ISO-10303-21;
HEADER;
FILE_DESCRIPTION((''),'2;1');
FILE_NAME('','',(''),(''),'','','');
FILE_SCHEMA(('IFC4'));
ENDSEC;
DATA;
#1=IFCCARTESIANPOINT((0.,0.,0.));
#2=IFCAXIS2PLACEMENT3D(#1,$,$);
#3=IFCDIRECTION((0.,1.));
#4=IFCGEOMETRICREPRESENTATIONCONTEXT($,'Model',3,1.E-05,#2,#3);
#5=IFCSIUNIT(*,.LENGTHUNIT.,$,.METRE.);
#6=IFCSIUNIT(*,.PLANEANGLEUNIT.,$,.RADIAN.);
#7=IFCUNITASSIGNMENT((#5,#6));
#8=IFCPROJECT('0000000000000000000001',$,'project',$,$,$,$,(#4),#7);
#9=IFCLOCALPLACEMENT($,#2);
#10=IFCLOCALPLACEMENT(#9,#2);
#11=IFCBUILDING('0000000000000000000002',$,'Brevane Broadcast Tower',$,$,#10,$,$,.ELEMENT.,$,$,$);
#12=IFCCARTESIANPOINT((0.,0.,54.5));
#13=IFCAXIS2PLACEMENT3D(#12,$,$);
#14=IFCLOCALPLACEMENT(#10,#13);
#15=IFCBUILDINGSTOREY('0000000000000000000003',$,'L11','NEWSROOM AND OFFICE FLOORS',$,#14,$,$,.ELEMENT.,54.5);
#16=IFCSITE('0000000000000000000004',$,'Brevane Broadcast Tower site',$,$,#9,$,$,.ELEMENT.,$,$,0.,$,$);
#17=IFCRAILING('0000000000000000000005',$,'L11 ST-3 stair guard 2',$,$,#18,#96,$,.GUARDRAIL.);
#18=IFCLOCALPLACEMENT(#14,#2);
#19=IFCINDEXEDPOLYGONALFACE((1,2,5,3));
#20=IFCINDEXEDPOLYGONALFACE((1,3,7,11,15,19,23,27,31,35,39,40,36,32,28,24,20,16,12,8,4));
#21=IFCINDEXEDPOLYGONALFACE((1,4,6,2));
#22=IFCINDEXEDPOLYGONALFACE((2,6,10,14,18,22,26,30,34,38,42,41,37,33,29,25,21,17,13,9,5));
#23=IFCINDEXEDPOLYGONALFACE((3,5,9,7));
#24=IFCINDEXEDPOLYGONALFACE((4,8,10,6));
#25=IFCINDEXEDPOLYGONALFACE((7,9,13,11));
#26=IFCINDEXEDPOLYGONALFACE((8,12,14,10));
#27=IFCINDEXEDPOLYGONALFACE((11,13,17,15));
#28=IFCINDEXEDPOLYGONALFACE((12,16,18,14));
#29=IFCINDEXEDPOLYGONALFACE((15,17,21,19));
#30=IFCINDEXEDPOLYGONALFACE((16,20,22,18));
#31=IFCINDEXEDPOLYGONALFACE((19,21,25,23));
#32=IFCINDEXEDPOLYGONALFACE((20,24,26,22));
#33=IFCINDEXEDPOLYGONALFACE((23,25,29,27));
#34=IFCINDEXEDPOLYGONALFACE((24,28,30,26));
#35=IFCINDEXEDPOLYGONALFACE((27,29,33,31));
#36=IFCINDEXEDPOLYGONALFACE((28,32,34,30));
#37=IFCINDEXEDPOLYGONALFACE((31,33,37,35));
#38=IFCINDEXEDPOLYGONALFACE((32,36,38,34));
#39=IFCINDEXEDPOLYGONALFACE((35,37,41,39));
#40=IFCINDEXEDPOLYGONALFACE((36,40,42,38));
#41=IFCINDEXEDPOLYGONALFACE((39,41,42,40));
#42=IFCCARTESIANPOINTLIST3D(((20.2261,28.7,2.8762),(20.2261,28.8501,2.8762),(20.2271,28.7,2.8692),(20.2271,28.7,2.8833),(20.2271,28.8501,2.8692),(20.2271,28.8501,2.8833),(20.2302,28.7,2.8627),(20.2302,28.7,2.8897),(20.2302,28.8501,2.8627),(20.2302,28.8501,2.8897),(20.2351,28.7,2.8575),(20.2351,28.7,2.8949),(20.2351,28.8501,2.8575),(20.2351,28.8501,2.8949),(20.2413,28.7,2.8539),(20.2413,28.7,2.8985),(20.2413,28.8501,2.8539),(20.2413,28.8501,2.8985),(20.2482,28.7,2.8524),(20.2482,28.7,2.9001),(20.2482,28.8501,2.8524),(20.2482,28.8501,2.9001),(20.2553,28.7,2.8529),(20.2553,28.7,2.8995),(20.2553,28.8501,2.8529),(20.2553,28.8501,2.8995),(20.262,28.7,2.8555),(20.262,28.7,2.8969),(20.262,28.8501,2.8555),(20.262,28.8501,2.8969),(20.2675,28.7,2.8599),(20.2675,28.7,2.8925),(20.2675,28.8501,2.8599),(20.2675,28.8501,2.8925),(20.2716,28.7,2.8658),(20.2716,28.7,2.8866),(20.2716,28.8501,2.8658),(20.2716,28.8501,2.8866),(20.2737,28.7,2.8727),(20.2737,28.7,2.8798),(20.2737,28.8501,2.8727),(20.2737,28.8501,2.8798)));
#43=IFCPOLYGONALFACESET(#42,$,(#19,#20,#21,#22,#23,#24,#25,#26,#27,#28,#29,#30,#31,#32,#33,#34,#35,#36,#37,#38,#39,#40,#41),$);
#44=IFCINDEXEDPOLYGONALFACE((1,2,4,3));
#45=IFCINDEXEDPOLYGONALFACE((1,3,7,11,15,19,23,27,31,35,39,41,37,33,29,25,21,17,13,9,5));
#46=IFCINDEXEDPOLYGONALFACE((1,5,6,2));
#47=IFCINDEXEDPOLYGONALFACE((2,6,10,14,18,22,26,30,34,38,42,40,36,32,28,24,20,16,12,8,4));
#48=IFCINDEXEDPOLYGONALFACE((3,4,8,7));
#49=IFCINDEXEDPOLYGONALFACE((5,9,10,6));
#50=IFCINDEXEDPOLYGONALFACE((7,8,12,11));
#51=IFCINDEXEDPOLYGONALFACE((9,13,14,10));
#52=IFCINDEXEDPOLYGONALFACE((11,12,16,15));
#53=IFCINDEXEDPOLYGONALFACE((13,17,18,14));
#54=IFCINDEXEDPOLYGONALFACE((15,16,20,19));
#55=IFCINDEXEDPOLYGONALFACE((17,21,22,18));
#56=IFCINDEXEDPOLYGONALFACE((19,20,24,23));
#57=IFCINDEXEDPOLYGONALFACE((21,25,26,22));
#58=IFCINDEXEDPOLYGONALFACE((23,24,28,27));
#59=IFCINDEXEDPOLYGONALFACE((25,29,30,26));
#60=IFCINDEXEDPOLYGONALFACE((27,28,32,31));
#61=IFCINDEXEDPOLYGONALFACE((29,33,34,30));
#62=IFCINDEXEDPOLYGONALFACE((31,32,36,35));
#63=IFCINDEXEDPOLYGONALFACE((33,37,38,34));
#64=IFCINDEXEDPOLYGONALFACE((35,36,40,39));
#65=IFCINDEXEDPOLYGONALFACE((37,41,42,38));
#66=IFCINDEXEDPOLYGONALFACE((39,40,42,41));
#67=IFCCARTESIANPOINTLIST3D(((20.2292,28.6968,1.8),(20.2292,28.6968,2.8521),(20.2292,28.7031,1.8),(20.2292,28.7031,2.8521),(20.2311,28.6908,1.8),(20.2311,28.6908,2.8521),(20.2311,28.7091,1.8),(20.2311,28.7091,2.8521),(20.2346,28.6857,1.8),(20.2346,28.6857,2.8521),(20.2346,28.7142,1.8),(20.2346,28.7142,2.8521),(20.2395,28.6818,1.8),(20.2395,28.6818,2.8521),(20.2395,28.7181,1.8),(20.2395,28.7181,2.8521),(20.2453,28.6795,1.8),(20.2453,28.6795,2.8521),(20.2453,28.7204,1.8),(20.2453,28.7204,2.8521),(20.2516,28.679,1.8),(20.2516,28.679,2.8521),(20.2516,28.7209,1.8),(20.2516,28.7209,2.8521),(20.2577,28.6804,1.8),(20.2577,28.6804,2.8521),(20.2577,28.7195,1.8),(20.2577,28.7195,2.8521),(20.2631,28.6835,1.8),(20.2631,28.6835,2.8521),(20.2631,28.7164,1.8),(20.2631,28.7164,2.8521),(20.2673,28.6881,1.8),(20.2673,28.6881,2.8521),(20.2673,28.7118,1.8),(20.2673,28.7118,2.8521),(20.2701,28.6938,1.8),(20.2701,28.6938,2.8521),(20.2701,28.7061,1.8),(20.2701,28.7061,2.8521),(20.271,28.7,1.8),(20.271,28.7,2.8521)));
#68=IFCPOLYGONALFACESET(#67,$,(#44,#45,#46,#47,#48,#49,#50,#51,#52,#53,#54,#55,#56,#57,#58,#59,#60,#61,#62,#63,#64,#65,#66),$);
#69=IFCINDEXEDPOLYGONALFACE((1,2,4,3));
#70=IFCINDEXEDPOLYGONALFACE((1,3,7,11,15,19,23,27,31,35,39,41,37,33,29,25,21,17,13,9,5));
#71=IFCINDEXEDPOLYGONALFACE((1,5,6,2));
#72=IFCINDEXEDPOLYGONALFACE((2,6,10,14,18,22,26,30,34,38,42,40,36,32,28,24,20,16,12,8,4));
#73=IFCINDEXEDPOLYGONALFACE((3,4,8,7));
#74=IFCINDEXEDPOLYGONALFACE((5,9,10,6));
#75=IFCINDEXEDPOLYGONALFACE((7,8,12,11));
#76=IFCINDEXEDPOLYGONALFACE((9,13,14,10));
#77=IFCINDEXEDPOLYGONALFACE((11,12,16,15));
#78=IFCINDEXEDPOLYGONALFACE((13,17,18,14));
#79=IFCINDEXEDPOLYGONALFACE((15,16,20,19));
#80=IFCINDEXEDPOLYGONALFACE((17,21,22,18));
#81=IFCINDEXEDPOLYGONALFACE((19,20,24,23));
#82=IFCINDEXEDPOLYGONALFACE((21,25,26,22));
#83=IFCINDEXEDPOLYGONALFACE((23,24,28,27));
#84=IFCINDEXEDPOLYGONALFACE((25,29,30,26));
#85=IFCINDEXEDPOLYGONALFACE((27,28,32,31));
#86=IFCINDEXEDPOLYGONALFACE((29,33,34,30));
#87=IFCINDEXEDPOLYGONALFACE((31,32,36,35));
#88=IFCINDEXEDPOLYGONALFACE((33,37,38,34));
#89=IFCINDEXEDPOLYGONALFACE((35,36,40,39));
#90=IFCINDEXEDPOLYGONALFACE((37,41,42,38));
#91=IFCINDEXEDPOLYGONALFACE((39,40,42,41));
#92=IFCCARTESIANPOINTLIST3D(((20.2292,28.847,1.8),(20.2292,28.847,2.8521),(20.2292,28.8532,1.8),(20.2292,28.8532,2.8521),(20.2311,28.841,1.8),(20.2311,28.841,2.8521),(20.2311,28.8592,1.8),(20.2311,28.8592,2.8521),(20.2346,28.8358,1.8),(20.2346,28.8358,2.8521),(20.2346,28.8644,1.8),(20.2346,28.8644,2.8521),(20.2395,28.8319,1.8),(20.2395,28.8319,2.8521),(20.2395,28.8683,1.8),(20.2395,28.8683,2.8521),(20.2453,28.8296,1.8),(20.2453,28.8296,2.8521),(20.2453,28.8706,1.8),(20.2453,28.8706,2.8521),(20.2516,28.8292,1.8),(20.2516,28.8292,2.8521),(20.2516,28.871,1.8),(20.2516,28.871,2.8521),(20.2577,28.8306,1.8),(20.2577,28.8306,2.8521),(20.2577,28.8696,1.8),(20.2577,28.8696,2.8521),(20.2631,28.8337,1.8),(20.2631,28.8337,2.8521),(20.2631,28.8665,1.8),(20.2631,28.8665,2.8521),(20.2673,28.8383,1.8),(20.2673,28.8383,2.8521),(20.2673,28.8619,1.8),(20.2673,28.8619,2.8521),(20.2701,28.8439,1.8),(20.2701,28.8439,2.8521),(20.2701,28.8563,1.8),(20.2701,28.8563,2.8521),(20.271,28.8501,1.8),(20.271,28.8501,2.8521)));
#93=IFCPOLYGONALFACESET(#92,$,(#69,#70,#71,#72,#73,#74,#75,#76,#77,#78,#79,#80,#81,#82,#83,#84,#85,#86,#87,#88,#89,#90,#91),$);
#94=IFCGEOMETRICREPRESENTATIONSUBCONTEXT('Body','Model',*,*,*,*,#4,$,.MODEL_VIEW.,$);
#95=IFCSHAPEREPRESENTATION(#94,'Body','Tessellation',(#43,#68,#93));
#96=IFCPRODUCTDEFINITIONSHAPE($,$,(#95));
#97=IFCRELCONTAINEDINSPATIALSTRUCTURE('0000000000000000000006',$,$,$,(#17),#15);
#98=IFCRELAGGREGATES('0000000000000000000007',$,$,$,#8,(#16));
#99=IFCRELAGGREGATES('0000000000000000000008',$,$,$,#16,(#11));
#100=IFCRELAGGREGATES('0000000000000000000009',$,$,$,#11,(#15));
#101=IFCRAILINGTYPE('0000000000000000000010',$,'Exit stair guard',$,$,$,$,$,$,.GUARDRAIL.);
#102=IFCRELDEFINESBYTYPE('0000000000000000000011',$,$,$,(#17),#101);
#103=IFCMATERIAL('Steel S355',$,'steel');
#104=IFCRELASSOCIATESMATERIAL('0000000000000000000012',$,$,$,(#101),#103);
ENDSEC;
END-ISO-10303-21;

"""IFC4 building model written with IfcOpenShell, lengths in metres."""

from ifc_helpers import new_model, si_unit, direction, frame, origin, origin_2d, place, context, subcontext, project, spatial, circle, extrude, material, type_object, element, save


model = new_model("IFC4")

# Units and contexts
model_context = context("Model", 3, precision=1e-05, world=origin(), true_north=direction((0.0, 1.0)))
body_context = subcontext(model_context, "Body", "Model", "MODEL_VIEW")
ifc_project = project(units=[si_unit("LENGTHUNIT", "METRE"), si_unit("PLANEANGLEUNIT", "RADIAN")], contexts=[model_context])

# Site, building, storey
site_placement = place(None, origin())
site = spatial("IfcSite", under=ifc_project, at=site_placement, Name="Brevane Broadcast Tower site", CompositionType="ELEMENT", RefElevation=0.0)
building_placement = place(site_placement, origin())
building = spatial("IfcBuilding", under=site, at=building_placement, Name="Brevane Broadcast Tower", CompositionType="ELEMENT")
storey_placement = place(building_placement, frame((0.0, 0.0, 54.5)))
storey = spatial("IfcBuildingStorey", under=building, at=storey_placement, Name="L11", Description="NEWSROOM AND OFFICE FLOORS", CompositionType="ELEMENT", Elevation=54.5)

# Railing
ifc_material_1 = material(Name="Steel S355", Category="steel")
railing_type_1 = type_object("IfcRailingType", Name="Exit stair guard", PredefinedType="GUARDRAIL", material=ifc_material_1)
railing_1_placement = place(storey_placement, frame((20.25, 28.7, 1.8)))
element("IfcRailing", 1, at=railing_1_placement, inside=storey, type_object=railing_type_1, Name="L11 ST-3 stair guard 2", PredefinedType="GUARDRAIL", context=body_context, shape_type="SweptSolid", body=[
    extrude(circle(Radius=0.0239, at=origin_2d()), frame((0.0, 0.0, 1.0762), z_axis=(0.0, 1.0, 0.0), x_axis=(-1.0, 0.0, 0.0)), (0.0, 0.0, 1.0), 0.1501),
    extrude(circle(Radius=0.021, at=origin_2d()), origin(), (0.0, 0.0, 1.0), 1.052),
    extrude(circle(Radius=0.021, at=origin_2d()), frame((0.0, 0.1501, 0.0)), (0.0, 0.0, 1.0), 1.052),
])

save(model, "model.ifc")
